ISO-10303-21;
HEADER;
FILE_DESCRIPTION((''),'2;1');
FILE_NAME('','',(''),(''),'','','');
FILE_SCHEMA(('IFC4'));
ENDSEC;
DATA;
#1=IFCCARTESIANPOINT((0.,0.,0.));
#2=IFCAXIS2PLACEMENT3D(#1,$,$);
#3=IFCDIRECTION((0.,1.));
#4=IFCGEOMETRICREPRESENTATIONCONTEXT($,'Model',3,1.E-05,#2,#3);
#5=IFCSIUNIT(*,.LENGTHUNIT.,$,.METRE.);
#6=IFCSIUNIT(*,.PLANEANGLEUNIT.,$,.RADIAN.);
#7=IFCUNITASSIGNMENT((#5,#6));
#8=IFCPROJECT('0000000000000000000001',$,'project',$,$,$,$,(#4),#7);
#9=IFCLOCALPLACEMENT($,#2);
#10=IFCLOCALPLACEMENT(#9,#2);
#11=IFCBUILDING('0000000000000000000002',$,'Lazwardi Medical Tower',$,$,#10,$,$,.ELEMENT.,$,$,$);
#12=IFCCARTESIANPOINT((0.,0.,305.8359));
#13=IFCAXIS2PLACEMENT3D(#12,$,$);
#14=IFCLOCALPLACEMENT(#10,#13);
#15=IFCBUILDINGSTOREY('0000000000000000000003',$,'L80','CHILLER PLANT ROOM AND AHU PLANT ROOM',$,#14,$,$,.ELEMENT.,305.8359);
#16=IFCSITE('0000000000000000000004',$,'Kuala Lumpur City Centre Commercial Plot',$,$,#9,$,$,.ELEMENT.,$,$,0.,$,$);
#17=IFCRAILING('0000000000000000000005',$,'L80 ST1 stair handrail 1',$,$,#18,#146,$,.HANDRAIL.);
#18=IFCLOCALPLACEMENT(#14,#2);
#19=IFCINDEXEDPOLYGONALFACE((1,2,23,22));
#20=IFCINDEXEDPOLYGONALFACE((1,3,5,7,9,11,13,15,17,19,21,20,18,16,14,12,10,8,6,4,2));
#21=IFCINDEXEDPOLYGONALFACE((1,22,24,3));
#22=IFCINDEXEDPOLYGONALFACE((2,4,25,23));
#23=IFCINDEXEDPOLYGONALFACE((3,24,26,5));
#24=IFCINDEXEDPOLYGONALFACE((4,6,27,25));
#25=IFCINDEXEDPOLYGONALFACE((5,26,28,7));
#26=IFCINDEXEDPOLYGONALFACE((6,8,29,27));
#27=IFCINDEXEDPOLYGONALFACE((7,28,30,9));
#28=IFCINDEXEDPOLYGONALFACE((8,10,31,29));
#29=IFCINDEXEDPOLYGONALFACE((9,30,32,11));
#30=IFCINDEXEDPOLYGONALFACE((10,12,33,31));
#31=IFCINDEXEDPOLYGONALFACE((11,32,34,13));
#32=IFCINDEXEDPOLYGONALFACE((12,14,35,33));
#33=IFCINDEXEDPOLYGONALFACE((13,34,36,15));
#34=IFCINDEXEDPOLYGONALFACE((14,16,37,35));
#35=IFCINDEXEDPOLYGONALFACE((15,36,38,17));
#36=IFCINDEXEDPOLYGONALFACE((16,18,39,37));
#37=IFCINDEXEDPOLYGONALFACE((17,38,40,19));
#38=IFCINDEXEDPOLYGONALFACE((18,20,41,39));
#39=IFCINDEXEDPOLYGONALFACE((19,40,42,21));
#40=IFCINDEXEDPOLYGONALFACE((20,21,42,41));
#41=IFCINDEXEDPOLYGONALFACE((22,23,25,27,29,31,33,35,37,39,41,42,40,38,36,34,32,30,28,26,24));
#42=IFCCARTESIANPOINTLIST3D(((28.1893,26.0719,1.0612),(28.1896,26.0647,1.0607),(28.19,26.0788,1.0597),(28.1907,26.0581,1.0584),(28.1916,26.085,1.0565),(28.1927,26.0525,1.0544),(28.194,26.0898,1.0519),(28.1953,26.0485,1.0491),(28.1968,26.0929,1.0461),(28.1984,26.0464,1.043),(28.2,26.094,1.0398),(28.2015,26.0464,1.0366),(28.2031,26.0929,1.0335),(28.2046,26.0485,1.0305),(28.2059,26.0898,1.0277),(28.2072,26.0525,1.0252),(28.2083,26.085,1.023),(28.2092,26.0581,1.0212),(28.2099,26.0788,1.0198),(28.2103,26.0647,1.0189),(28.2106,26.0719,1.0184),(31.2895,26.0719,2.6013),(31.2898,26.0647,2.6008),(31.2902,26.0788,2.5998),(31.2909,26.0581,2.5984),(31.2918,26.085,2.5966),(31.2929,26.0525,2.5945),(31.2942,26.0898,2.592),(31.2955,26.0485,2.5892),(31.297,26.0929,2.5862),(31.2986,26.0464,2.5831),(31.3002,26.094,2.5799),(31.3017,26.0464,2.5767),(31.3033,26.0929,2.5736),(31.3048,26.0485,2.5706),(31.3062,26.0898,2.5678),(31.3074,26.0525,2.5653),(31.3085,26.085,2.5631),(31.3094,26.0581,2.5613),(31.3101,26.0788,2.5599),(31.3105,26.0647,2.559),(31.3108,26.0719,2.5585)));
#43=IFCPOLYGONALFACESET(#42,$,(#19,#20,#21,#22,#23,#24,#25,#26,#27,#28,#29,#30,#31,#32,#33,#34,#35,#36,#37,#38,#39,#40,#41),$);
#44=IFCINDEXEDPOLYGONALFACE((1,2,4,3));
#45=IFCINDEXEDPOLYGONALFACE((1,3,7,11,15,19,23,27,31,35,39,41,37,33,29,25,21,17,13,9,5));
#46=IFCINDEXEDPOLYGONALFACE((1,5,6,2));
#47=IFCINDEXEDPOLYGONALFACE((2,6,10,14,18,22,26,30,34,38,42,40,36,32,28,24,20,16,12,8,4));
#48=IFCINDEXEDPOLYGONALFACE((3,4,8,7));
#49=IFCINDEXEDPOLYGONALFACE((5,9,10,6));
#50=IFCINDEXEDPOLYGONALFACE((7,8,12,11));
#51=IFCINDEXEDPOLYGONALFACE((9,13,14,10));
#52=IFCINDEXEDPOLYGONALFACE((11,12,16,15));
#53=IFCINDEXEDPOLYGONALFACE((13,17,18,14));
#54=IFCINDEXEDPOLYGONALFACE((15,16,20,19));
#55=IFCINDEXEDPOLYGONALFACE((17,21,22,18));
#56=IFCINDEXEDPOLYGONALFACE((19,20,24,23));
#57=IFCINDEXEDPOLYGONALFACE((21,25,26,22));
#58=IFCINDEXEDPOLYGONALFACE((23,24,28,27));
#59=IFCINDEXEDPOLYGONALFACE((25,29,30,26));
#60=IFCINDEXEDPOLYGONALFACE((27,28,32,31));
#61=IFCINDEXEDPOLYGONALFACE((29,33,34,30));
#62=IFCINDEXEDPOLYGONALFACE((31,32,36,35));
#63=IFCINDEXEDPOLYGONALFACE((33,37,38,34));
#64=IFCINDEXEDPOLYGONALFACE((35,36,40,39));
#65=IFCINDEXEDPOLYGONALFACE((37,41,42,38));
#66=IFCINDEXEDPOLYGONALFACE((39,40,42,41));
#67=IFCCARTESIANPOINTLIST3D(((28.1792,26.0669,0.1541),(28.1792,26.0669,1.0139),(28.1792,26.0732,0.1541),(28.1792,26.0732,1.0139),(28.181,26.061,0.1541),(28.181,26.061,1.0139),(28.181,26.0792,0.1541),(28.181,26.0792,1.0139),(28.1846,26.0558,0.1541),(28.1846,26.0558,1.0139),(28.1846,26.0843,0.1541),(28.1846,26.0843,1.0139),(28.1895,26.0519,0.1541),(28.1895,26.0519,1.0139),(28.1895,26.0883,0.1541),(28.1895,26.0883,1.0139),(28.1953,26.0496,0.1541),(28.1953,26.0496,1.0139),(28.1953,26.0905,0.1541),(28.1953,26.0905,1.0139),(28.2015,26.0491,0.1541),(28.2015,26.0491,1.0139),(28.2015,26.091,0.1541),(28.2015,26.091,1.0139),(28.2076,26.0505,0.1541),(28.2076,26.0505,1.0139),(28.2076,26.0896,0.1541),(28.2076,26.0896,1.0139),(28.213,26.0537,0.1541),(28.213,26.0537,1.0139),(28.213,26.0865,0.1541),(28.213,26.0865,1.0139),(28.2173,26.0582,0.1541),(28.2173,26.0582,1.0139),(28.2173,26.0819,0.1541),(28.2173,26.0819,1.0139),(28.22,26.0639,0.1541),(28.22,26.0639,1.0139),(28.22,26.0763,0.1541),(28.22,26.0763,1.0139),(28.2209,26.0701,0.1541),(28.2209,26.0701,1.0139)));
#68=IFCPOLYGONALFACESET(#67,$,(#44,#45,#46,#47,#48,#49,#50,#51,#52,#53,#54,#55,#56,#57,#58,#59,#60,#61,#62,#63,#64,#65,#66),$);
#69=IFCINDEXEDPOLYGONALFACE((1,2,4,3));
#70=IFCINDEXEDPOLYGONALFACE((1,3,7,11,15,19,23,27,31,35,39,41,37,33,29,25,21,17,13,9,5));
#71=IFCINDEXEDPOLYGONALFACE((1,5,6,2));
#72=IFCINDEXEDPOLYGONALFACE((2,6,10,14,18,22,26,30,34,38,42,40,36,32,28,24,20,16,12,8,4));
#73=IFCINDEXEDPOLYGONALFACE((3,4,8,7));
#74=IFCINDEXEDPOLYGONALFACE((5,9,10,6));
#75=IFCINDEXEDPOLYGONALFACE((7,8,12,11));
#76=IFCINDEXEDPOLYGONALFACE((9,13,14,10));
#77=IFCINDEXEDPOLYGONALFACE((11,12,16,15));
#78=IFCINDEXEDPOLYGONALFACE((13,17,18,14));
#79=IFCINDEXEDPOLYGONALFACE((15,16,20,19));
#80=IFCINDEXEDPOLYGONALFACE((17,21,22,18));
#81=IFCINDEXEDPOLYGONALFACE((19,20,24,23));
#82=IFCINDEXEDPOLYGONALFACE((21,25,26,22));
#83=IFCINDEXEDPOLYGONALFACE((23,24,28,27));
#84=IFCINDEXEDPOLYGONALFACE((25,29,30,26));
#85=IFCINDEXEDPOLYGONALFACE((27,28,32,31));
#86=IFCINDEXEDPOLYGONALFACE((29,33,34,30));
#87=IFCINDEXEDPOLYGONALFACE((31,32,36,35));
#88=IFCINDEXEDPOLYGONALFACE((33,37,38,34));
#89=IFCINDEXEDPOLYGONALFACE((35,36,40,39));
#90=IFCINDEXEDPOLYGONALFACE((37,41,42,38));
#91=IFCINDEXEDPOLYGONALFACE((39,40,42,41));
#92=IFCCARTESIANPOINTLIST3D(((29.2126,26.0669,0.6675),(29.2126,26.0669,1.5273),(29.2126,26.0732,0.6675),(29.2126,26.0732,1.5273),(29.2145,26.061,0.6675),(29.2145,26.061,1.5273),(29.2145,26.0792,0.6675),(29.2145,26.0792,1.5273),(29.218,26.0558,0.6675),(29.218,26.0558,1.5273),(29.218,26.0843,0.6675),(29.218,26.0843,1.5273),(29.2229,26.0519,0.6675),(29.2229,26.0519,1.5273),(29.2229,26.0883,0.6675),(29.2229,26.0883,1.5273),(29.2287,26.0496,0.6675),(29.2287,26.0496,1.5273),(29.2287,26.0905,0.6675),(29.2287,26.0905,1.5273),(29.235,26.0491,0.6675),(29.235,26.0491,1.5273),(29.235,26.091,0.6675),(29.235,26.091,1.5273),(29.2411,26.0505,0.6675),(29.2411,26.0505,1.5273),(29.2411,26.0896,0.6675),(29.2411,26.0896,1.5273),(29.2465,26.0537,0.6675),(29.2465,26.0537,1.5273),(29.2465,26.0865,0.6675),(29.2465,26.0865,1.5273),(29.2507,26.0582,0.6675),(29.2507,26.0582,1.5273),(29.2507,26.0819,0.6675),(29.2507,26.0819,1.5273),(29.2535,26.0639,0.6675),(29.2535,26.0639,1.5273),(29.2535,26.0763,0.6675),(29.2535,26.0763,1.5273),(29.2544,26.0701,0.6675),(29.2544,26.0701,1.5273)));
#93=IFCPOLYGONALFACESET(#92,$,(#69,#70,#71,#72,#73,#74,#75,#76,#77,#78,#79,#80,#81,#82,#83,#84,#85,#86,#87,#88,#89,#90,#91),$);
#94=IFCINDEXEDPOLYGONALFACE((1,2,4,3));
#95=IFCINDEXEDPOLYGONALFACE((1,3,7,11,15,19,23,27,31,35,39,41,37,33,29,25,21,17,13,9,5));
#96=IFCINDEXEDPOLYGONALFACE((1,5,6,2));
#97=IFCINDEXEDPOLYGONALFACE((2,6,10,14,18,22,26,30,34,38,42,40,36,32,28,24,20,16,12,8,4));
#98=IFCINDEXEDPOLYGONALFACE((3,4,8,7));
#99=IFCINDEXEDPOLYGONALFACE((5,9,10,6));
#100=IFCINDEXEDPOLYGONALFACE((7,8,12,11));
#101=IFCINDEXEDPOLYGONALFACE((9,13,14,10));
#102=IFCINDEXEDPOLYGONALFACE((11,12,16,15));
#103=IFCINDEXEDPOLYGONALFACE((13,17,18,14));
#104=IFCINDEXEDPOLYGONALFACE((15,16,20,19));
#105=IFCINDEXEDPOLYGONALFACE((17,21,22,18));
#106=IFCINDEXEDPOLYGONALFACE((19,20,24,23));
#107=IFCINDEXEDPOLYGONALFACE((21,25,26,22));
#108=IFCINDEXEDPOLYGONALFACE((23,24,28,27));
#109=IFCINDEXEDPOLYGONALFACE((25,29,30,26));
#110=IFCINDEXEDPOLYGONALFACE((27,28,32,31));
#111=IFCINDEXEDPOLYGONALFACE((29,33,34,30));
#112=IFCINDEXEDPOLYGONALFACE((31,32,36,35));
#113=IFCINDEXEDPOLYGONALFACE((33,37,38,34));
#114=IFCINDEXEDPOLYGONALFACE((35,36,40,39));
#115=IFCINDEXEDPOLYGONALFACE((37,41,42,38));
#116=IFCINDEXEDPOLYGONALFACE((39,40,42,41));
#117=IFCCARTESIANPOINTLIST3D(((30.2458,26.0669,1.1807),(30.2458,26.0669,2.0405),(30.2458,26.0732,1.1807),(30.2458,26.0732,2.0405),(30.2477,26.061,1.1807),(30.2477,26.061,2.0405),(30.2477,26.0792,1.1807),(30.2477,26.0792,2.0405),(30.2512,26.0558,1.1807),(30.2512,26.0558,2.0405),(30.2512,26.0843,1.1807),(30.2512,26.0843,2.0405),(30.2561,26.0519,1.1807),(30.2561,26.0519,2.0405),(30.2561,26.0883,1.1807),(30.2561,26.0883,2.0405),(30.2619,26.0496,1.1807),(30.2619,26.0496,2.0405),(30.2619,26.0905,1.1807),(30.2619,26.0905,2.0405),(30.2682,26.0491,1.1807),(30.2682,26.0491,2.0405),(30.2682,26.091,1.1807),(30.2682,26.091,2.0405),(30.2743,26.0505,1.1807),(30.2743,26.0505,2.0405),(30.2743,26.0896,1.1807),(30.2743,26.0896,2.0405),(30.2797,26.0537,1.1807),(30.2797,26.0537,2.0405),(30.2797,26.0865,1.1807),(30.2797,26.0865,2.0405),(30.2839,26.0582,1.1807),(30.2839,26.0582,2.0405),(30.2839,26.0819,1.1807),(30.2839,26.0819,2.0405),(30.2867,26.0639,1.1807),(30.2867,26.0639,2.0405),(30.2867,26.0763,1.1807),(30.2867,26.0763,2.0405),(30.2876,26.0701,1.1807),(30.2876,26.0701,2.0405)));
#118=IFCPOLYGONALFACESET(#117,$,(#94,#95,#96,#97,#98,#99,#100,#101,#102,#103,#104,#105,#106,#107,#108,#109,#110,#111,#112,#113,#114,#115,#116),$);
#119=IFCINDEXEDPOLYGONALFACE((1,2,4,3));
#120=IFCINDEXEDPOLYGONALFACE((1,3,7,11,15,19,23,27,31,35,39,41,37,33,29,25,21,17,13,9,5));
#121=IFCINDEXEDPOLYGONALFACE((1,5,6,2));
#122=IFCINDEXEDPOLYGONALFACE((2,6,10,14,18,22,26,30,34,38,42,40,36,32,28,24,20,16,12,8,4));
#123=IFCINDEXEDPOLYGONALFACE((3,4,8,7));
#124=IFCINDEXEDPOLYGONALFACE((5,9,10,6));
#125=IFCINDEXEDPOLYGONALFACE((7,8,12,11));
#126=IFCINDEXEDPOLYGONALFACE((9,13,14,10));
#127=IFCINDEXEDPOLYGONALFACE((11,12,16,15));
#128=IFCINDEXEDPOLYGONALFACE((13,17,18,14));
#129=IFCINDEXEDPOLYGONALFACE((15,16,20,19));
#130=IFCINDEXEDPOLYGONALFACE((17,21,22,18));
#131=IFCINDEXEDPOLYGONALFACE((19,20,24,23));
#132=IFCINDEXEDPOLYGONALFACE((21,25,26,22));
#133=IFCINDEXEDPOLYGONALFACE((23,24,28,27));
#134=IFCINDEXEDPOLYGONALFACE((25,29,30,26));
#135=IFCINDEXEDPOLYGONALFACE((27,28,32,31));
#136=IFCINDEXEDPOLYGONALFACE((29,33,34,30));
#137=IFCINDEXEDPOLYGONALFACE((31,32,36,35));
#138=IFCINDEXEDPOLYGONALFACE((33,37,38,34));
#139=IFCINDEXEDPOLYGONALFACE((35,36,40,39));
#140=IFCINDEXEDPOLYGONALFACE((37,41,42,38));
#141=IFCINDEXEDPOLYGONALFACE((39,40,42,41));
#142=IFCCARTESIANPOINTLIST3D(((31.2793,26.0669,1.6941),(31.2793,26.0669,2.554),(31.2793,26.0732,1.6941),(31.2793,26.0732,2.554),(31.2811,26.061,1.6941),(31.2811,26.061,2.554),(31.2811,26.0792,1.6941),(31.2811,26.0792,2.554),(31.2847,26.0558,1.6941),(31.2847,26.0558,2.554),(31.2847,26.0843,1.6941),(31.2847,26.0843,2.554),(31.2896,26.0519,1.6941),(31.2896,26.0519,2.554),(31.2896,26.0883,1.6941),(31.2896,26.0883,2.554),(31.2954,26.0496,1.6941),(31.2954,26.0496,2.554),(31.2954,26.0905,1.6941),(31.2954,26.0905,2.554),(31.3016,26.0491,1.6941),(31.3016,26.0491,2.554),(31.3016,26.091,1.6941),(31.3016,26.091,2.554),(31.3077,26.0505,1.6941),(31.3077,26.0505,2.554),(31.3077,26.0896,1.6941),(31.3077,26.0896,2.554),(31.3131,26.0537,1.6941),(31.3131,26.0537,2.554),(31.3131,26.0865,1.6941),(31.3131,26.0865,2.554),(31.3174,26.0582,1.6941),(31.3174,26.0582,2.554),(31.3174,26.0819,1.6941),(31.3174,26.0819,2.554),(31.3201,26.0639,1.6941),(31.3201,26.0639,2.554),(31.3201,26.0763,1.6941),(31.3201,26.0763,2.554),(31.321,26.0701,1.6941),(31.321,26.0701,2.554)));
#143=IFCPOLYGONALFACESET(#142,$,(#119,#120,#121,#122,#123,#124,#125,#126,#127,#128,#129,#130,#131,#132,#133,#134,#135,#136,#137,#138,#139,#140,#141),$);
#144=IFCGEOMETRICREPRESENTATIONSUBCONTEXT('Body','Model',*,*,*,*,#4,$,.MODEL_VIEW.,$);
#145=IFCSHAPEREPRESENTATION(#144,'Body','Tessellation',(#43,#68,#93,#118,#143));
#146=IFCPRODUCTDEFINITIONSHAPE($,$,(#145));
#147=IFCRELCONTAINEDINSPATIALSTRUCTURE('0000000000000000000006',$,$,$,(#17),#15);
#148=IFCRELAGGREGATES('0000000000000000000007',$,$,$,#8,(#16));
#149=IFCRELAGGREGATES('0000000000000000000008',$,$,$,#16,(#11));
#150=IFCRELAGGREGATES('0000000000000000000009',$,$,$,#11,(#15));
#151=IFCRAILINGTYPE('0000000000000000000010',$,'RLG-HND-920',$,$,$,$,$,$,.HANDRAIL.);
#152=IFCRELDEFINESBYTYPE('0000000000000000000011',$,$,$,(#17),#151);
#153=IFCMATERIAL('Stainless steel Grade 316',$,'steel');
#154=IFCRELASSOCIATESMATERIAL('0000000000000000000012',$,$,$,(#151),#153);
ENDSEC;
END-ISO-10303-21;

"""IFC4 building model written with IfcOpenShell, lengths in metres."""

from ifc_helpers import new_model, si_unit, direction, frame, origin, origin_2d, place, context, subcontext, project, spatial, circle, extrude, material, type_object, element, save


model = new_model("IFC4")

# Units and contexts
model_context = context("Model", 3, precision=1e-05, world=origin(), true_north=direction((0.0, 1.0)))
body_context = subcontext(model_context, "Body", "Model", "MODEL_VIEW")
ifc_project = project(units=[si_unit("LENGTHUNIT", "METRE"), si_unit("PLANEANGLEUNIT", "RADIAN")], contexts=[model_context])

# Site, building, storey
site_placement = place(None, origin())
site = spatial("IfcSite", under=ifc_project, at=site_placement, Name="Kuala Lumpur City Centre Commercial Plot", CompositionType="ELEMENT", RefElevation=0.0)
building_placement = place(site_placement, origin())
building = spatial("IfcBuilding", under=site, at=building_placement, Name="Lazwardi Medical Tower", CompositionType="ELEMENT")
storey_placement = place(building_placement, frame((0.0, 0.0, 305.8359)))
storey = spatial("IfcBuildingStorey", under=building, at=storey_placement, Name="L80", Description="CHILLER PLANT ROOM AND AHU PLANT ROOM", CompositionType="ELEMENT", Elevation=305.8359)

# Railing
ifc_material_1 = material(Name="Stainless steel Grade 316", Category="steel")
railing_type = type_object("IfcRailingType", Name="RLG-HND-920", PredefinedType="HANDRAIL", material=ifc_material_1)
railing_placement = place(storey_placement, frame((28.2, 26.0701, 0.1541)))
element("IfcRailing", 1, at=railing_placement, inside=storey, type_object=railing_type, Name="L80 ST1 stair handrail 1", PredefinedType="HANDRAIL", context=body_context, shape_type="SweptSolid", body=[
    extrude(circle(Radius=0.0239, at=origin_2d()), frame((0.0, 0.0, 0.8857), z_axis=(0.895581, 0.0, 0.444899), x_axis=(0.0, 1.0, 0.0)), (0.0, 0.0, 1.0), 3.4617),
    extrude(circle(Radius=0.021, at=origin_2d()), origin(), (0.0, 0.0, 1.0), 0.8599),
    extrude(circle(Radius=0.021, at=origin_2d()), frame((1.0334, 0.0, 0.5134)), (0.0, 0.0, 1.0), 0.8599),
    extrude(circle(Radius=0.021, at=origin_2d()), frame((2.0667, 0.0, 1.0266)), (0.0, 0.0, 1.0), 0.8599),
    extrude(circle(Radius=0.021, at=origin_2d()), frame((3.1001, 0.0, 1.54)), (0.0, 0.0, 1.0), 0.8599),
])

save(model, "model.ifc")
